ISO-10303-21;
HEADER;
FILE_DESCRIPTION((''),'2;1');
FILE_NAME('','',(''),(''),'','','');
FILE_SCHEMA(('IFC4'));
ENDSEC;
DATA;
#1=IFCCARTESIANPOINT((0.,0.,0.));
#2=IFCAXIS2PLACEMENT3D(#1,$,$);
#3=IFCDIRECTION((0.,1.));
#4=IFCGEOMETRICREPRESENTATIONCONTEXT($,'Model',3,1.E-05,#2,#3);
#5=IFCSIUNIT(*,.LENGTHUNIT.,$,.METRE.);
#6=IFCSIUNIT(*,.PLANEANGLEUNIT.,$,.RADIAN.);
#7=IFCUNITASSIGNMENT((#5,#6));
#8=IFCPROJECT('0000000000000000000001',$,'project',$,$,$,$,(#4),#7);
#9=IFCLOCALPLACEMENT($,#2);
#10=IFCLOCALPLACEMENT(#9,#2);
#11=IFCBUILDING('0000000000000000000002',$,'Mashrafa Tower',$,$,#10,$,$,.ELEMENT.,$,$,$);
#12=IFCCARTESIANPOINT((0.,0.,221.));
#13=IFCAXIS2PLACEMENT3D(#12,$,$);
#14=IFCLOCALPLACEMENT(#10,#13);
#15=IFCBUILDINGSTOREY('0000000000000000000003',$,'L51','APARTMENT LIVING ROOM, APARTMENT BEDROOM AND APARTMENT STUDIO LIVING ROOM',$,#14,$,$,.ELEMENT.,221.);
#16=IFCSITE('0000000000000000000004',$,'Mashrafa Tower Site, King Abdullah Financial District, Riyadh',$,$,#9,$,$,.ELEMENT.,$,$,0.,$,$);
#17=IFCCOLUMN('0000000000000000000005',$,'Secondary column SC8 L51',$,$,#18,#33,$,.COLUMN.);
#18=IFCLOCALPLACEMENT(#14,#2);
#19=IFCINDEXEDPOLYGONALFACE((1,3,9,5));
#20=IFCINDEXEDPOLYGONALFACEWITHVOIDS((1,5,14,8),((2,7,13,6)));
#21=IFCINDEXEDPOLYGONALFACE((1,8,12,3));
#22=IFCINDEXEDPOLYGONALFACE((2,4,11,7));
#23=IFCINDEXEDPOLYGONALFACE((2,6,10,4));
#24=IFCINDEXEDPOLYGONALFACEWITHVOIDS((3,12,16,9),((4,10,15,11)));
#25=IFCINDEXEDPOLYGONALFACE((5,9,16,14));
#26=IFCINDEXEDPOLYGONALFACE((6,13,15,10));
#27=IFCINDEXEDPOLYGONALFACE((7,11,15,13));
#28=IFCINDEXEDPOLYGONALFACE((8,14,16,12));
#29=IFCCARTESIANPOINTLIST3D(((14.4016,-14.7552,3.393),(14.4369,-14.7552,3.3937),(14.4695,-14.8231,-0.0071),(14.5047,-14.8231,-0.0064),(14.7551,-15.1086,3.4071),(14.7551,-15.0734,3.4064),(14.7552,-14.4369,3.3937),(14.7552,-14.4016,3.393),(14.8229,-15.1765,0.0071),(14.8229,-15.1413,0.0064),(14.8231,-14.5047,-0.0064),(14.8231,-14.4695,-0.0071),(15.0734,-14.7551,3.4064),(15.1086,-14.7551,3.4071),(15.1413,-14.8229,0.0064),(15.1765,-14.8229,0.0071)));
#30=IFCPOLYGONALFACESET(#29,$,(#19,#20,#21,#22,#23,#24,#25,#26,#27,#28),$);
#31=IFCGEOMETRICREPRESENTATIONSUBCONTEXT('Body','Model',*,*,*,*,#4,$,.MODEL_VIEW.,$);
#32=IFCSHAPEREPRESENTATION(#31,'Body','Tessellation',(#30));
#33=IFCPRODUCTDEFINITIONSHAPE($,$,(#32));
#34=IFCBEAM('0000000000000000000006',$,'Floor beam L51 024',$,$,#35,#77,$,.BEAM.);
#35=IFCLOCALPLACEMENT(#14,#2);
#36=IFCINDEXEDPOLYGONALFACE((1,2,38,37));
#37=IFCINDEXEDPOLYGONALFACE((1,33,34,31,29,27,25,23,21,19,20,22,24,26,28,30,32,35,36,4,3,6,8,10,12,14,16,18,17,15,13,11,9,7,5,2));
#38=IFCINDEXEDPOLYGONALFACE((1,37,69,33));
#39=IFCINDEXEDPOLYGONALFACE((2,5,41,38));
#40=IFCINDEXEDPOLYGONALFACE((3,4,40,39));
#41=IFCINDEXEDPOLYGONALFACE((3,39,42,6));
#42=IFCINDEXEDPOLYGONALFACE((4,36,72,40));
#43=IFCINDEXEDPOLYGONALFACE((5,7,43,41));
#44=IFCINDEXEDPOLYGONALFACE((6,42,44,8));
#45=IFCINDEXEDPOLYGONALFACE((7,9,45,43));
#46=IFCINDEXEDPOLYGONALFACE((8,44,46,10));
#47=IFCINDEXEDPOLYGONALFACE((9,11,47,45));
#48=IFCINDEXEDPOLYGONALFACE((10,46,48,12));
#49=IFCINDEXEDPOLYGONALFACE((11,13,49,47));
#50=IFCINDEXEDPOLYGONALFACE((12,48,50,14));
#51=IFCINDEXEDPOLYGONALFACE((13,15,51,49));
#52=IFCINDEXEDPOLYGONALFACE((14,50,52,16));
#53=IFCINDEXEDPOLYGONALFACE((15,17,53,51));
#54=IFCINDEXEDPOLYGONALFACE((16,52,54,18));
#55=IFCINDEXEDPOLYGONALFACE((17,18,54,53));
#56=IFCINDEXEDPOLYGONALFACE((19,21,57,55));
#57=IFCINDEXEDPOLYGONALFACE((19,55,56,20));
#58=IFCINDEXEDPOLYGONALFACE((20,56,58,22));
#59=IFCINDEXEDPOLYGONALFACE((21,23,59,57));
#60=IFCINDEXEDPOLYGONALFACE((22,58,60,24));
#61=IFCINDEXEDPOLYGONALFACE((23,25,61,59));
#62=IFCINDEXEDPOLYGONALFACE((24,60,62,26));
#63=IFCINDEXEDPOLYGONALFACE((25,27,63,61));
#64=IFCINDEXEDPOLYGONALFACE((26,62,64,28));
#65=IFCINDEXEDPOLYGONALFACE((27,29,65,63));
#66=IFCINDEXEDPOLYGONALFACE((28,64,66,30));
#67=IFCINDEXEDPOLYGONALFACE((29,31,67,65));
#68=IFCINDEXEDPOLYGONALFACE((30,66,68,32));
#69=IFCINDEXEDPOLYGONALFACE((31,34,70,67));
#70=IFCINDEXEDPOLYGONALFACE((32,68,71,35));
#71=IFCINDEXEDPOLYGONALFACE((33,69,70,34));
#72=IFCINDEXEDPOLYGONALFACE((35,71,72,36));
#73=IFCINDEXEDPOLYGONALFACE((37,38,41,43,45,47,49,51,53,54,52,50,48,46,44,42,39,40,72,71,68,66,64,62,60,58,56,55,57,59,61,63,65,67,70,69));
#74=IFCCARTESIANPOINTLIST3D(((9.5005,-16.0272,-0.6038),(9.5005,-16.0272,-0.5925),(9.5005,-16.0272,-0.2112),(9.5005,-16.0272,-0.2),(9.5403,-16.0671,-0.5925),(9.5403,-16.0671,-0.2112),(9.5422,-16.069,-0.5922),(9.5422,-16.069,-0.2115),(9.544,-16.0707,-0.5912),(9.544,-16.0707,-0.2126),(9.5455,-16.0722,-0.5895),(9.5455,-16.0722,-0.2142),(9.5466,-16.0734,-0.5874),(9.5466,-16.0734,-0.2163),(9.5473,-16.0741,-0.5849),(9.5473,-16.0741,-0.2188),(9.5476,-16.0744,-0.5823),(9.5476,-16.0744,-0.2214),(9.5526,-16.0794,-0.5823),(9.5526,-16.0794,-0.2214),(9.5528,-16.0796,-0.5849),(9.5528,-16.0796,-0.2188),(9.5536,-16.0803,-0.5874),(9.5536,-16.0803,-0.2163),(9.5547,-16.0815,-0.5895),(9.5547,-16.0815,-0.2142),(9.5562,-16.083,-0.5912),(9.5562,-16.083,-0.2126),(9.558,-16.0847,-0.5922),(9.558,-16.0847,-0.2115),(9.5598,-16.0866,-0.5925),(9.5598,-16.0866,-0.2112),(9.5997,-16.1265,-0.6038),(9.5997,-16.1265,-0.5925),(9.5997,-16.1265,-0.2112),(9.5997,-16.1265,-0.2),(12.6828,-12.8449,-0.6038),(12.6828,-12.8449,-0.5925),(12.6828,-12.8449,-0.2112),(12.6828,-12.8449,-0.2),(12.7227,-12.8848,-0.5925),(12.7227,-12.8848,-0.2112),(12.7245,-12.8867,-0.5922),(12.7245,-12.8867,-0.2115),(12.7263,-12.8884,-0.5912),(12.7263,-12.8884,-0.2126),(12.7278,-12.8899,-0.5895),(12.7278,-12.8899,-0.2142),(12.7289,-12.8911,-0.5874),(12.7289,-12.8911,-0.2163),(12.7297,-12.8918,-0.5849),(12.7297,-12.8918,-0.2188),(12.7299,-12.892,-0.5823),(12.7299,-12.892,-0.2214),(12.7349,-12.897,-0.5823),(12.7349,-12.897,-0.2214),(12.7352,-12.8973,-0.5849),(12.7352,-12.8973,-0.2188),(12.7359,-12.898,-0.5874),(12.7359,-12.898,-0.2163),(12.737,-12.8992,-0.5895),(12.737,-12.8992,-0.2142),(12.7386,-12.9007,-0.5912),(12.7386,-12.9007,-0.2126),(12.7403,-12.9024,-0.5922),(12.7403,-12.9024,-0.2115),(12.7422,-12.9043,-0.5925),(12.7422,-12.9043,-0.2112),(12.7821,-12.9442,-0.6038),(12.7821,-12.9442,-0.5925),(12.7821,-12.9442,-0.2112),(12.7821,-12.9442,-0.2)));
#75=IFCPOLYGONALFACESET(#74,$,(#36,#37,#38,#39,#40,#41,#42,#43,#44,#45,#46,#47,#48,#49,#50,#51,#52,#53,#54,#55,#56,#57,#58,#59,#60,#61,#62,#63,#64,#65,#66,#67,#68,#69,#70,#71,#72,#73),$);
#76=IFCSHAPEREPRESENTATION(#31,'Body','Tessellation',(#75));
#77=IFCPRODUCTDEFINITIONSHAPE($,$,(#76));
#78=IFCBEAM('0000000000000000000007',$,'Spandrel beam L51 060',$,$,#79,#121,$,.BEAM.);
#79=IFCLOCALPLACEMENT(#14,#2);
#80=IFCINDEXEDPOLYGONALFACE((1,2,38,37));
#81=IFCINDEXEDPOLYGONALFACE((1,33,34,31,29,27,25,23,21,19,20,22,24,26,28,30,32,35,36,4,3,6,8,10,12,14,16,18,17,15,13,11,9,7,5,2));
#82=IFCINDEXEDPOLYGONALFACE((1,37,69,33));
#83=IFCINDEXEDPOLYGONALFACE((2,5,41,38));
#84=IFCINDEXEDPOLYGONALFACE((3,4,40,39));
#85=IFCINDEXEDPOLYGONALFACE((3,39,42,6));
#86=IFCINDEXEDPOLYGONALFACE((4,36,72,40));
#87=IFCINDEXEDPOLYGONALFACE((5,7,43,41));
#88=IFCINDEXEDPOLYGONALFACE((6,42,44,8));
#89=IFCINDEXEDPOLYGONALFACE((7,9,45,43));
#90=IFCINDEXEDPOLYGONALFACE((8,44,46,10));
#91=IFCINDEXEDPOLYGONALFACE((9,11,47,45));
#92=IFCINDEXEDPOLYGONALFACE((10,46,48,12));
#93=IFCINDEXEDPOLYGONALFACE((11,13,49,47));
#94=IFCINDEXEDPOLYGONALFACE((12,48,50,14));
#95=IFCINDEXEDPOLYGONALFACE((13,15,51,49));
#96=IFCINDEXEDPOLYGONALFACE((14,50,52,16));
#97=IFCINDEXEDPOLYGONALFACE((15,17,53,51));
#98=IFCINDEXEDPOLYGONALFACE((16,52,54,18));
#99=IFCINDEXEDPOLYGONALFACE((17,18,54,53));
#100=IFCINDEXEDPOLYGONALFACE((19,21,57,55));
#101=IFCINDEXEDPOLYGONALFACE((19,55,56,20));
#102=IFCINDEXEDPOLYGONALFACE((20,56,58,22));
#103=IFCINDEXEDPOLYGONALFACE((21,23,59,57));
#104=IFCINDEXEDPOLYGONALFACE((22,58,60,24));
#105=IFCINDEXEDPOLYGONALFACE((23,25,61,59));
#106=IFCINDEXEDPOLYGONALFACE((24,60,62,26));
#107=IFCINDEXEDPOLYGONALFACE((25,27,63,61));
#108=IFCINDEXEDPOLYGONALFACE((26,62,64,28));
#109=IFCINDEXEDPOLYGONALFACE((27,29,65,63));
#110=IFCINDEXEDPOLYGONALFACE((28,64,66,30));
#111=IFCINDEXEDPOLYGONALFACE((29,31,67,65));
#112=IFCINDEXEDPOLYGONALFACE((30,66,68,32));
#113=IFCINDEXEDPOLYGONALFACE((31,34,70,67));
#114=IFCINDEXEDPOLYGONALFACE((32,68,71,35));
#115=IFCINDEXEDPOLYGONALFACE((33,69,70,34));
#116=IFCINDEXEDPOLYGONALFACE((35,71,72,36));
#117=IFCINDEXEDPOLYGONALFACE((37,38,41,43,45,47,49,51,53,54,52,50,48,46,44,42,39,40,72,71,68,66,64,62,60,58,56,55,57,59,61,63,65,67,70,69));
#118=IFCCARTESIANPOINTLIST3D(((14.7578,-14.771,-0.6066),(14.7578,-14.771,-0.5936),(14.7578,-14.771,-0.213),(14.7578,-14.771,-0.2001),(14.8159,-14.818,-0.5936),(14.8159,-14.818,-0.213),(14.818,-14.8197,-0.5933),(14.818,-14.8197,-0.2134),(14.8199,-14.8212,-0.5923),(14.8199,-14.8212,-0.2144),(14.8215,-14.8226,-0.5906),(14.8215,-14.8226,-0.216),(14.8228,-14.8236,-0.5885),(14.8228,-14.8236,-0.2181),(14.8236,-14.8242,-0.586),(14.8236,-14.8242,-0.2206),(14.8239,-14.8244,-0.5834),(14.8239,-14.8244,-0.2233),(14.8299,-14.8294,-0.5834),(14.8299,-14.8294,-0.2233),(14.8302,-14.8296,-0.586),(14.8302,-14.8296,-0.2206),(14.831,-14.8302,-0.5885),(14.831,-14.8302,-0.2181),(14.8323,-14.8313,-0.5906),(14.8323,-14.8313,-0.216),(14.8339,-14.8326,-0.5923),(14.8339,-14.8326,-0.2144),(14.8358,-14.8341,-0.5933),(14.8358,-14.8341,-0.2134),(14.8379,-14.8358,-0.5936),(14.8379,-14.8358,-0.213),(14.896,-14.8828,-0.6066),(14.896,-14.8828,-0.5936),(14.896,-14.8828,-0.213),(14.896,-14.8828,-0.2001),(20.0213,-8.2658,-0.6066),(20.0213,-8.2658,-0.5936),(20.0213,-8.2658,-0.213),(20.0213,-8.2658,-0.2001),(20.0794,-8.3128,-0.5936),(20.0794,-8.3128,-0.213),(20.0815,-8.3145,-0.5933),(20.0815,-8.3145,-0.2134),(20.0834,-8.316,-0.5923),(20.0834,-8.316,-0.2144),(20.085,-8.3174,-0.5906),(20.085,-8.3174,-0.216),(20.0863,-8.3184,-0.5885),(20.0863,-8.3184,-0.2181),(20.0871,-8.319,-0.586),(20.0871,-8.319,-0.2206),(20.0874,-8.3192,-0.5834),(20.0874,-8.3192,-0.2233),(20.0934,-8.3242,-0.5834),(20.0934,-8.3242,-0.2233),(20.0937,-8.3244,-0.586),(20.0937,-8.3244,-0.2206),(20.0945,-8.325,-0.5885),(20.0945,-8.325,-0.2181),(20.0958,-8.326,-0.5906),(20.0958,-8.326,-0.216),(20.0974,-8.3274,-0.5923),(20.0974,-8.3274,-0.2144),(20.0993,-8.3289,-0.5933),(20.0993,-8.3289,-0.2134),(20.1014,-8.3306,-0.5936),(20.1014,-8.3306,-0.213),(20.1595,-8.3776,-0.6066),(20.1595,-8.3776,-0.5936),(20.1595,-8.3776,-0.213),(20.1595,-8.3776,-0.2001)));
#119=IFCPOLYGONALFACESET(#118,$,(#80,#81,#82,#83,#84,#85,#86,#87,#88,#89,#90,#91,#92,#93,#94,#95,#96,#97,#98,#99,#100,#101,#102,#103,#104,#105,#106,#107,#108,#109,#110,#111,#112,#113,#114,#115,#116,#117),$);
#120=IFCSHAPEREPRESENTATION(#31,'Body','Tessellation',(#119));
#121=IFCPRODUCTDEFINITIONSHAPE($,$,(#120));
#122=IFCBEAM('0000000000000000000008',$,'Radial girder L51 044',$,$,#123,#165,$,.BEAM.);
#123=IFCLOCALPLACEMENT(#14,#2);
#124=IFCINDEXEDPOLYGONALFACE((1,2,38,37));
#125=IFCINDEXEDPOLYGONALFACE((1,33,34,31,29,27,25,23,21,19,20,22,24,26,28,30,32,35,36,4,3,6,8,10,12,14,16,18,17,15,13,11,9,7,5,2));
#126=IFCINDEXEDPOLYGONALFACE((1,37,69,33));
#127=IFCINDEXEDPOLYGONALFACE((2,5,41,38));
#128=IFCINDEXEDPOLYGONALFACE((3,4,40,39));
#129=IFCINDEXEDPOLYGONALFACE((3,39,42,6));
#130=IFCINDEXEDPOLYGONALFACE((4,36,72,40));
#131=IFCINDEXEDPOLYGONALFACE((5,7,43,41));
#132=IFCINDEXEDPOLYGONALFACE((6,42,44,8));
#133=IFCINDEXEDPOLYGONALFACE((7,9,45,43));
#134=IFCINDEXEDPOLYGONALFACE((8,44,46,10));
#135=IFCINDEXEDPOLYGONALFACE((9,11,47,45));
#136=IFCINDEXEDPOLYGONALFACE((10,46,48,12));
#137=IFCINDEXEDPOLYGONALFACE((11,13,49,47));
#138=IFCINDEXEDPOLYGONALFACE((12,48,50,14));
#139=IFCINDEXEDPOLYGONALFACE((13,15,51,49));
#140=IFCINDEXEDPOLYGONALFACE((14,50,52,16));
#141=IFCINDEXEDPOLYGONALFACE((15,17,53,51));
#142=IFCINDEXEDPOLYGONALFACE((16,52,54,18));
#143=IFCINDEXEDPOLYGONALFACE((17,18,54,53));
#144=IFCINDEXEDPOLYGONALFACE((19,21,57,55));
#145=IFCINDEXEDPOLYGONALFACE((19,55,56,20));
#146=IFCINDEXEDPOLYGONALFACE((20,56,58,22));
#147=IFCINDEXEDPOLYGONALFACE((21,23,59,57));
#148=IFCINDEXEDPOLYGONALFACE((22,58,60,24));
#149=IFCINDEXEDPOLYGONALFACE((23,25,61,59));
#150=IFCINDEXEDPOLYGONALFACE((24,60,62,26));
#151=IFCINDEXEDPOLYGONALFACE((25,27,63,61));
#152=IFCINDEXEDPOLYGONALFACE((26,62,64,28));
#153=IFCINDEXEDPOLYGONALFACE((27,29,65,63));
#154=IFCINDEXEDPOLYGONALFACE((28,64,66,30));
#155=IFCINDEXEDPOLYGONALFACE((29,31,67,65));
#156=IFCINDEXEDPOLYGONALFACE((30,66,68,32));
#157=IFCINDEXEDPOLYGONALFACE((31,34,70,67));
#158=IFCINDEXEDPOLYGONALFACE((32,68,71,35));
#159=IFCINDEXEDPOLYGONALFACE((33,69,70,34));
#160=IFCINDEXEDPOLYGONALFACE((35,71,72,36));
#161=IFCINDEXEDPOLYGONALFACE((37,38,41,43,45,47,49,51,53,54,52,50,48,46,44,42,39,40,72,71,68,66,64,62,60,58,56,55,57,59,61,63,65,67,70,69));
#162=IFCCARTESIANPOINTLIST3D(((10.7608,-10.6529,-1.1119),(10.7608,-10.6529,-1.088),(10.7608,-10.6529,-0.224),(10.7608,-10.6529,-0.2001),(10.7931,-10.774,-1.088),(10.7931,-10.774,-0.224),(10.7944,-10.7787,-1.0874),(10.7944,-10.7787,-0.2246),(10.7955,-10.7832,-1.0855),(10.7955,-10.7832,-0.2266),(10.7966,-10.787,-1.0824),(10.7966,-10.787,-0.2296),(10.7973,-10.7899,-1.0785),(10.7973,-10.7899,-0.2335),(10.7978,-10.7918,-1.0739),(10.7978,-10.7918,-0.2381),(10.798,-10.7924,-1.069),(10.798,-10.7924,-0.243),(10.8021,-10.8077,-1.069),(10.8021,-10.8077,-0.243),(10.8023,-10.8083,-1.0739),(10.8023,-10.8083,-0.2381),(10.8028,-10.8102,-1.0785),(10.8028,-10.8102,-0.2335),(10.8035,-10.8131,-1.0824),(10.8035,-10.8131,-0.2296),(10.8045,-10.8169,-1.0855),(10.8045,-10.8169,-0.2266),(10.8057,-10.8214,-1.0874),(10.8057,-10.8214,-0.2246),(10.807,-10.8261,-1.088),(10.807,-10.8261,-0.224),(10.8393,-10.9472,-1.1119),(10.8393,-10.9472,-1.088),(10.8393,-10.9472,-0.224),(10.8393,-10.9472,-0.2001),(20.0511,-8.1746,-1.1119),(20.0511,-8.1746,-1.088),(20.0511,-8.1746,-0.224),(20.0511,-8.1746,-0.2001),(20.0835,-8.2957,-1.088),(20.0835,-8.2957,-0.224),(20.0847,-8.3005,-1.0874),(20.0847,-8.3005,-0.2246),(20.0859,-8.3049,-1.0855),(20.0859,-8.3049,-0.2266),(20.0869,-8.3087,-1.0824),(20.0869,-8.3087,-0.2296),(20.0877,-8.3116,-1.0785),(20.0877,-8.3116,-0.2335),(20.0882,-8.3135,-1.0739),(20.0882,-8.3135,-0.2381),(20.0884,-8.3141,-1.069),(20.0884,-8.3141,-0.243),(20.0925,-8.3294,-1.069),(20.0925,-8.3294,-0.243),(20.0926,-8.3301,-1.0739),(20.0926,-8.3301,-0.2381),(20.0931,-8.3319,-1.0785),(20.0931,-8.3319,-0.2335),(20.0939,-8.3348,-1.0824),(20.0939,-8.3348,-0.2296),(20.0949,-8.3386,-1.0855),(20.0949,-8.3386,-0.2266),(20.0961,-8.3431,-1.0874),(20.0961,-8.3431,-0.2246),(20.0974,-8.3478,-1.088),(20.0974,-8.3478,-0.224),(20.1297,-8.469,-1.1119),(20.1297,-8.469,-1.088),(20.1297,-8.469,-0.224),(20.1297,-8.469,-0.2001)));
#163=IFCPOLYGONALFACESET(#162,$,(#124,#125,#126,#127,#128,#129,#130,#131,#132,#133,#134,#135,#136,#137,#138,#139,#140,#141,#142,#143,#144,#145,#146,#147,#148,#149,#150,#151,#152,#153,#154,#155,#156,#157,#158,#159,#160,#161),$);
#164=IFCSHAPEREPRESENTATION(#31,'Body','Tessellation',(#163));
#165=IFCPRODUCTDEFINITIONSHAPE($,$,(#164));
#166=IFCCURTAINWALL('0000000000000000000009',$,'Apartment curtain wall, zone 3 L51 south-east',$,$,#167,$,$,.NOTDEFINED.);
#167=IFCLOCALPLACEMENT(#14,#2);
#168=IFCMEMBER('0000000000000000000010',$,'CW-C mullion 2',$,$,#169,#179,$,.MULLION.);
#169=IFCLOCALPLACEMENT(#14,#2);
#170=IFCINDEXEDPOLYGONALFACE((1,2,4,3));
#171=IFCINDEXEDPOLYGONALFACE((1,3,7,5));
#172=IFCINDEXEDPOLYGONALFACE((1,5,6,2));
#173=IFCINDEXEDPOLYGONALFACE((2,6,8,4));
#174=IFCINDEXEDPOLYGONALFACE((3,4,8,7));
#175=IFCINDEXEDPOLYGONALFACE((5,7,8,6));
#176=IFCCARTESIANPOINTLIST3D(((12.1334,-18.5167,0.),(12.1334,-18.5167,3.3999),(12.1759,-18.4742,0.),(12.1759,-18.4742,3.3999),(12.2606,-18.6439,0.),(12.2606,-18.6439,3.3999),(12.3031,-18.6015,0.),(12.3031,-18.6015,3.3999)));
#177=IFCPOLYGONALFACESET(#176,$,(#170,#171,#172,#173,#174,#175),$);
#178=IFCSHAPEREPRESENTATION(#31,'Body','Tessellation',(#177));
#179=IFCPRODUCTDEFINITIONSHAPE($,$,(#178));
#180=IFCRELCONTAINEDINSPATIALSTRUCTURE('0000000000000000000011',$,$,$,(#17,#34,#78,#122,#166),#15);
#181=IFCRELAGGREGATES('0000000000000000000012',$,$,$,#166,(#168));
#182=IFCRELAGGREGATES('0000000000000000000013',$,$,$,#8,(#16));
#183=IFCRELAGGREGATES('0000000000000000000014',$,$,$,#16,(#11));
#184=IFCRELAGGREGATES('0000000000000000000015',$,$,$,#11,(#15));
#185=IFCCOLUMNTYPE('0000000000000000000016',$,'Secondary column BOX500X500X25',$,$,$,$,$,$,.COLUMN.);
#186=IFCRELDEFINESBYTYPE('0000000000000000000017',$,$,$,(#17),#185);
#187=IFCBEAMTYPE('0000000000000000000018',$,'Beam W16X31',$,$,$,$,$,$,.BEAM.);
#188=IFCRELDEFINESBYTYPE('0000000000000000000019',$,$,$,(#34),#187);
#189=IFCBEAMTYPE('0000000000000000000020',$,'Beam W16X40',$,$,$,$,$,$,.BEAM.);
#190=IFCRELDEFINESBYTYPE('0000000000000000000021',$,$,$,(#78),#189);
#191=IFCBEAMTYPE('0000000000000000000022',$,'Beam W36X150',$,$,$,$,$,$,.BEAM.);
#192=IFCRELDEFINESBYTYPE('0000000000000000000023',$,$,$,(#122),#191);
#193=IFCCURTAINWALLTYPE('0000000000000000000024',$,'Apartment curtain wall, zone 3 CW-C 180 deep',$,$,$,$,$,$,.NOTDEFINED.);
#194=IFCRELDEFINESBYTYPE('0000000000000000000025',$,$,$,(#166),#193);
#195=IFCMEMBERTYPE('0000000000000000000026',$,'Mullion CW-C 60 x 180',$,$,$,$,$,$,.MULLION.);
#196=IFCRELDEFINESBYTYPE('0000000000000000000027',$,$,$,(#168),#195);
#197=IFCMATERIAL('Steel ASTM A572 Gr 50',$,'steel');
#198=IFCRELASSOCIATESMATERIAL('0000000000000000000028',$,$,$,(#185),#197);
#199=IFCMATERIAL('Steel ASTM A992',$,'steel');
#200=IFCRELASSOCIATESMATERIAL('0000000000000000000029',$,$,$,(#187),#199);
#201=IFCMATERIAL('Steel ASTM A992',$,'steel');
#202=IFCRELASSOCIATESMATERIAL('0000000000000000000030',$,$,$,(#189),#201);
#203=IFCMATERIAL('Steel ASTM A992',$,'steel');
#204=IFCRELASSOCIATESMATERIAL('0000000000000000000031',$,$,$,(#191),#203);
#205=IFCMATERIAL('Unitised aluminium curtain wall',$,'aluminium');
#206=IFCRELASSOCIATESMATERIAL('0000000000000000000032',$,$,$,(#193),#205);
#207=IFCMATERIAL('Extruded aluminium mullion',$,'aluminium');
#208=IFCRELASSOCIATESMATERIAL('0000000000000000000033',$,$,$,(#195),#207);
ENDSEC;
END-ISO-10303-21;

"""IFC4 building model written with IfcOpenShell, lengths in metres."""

from ifc_helpers import new_model, si_unit, direction, frame, origin, origin_2d, place, context, subcontext, project, spatial, rectangle, hollow_rectangle, i_section, extrude, source, transform, mapped, material, material_profile, profile_set, type_object, type_shapes, element, aggregate, save


model = new_model("IFC4")

# Units and contexts
model_context = context("Model", 3, precision=1e-05, world=origin(), true_north=direction((0.0, 1.0)))
body_context = subcontext(model_context, "Body", "Model", "MODEL_VIEW")
ifc_project = project(units=[si_unit("LENGTHUNIT", "METRE"), si_unit("PLANEANGLEUNIT", "RADIAN")], contexts=[model_context])

# Site, building, storey
site_placement = place(None, origin())
site = spatial("IfcSite", under=ifc_project, at=site_placement, Name="Mashrafa Tower Site, King Abdullah Financial District, Riyadh", CompositionType="ELEMENT", RefElevation=0.0)
building_placement = place(site_placement, origin())
building = spatial("IfcBuilding", under=site, at=building_placement, Name="Mashrafa Tower", CompositionType="ELEMENT")
storey_placement = place(building_placement, frame((0.0, 0.0, 221.0)))
storey = spatial("IfcBuildingStorey", under=building, at=storey_placement, Name="L51", Description="APARTMENT LIVING ROOM, APARTMENT BEDROOM AND APARTMENT STUDIO LIVING ROOM", CompositionType="ELEMENT", Elevation=221.0)

# Column
ifc_material_1 = material(Name="Steel ASTM A572 Gr 50", Category="steel")
ifc_material_profile_1 = material_profile(ifc_material_1, hollow_rectangle(XDim=0.5, YDim=0.5, WallThickness=0.0249, at=origin_2d()), Name="BOX500X500X25")
ifc_profile_set_1 = profile_set([ifc_material_profile_1], Name="Steel ASTM A572 Gr 50")
column_type = type_object("IfcColumnType", Name="Secondary column BOX500X500X25", PredefinedType="COLUMN", material=ifc_profile_set_1)
column_placement = place(storey_placement, frame((14.823, -14.823, 0.0), z_axis=(-0.019955, 0.019955, 0.999602), x_axis=(-0.707107, -0.707107, 0.0)))
element("IfcColumn", 1, at=column_placement, inside=storey, type_object=column_type, Name="Secondary column SC8 L51", PredefinedType="COLUMN", context=body_context, shape_type="SweptSolid", body=[
    extrude(hollow_rectangle(XDim=0.5, YDim=0.5, WallThickness=0.0249, at=origin_2d()), origin(), (0.0, 0.0, 1.0), 3.4014),
])

# Beams
ifc_material_2 = material(Name="Steel ASTM A992", Category="steel")
ifc_material_profile_2 = material_profile(ifc_material_2, i_section(OverallWidth=0.1404, OverallDepth=0.4038, WebThickness=0.0071, FlangeThickness=0.0112, FilletRadius=0.0103, at=origin_2d()), Name="W16X31")
ifc_profile_set_2 = profile_set([ifc_material_profile_2], Name="Steel ASTM A992")
beam_type_1 = type_object("IfcBeamType", Name="Beam W16X31", PredefinedType="BEAM", material=ifc_profile_set_2)
beam_1_placement = place(storey_placement, frame((12.7324, -12.8945, -0.4019), z_axis=(-0.707107, -0.707107, 0.0), x_axis=(0.707107, -0.707107, 0.0)))
element("IfcBeam", 2, at=beam_1_placement, inside=storey, type_object=beam_type_1, Name="Floor beam L51 024", PredefinedType="BEAM", context=body_context, shape_type="SweptSolid", body=[
    extrude(i_section(OverallWidth=0.1404, OverallDepth=0.4038, WebThickness=0.0071, FlangeThickness=0.0112, FilletRadius=0.0103, at=origin_2d()), origin(), (0.0, 0.0, 1.0), 4.5005),
])
ifc_material_3 = material(Name="Steel ASTM A992", Category="steel")
ifc_material_profile_3 = material_profile(ifc_material_3, i_section(OverallWidth=0.1777, OverallDepth=0.4065, WebThickness=0.0078, FlangeThickness=0.0129, FilletRadius=0.0103, at=origin_2d()), Name="W16X40")
ifc_profile_set_3 = profile_set([ifc_material_profile_3], Name="Steel ASTM A992")
beam_type_2 = type_object("IfcBeamType", Name="Beam W16X40", PredefinedType="BEAM", material=ifc_profile_set_3)
beam_2_placement = place(storey_placement, frame((14.8269, -14.8269, -0.4033), z_axis=(0.629009, 0.777398, 0.0), x_axis=(-0.777398, 0.629009, 0.0)))
element("IfcBeam", 3, at=beam_2_placement, inside=storey, type_object=beam_type_2, Name="Spandrel beam L51 060", PredefinedType="BEAM", context=body_context, shape_type="SweptSolid", body=[
    extrude(i_section(OverallWidth=0.1777, OverallDepth=0.4065, WebThickness=0.0078, FlangeThickness=0.0129, FilletRadius=0.0103, at=origin_2d()), origin(), (0.0, 0.0, 1.0), 8.3679),
])
ifc_material_4 = material(Name="Steel ASTM A992", Category="steel")
ifc_material_profile_4 = material_profile(ifc_material_4, i_section(OverallWidth=0.3047, OverallDepth=0.9119, WebThickness=0.0159, FlangeThickness=0.0239, FilletRadius=0.019, at=origin_2d()), Name="W36X150")
ifc_profile_set_4 = profile_set([ifc_material_profile_4], Name="Steel ASTM A992")
beam_type_3 = type_object("IfcBeamType", Name="Beam W36X150", PredefinedType="BEAM", material=ifc_profile_set_4)
beam_3_placement = place(storey_placement, frame((10.8, -10.8, -0.656), z_axis=(0.966213, 0.257746, 0.0), x_axis=(-0.257746, 0.966213, 0.0)))
element("IfcBeam", 4, at=beam_3_placement, inside=storey, type_object=beam_type_3, Name="Radial girder L51 044", PredefinedType="BEAM", context=body_context, shape_type="SweptSolid", body=[
    extrude(i_section(OverallWidth=0.3047, OverallDepth=0.9119, WebThickness=0.0159, FlangeThickness=0.0239, FilletRadius=0.019, at=origin_2d()), origin(), (0.0, 0.0, 1.0), 9.6152),
])

# Curtain wall, member
ifc_material_5 = material(Name="Unitised aluminium curtain wall", Category="aluminium")
curtain_wall_type = type_object("IfcCurtainWallType", Name="Apartment curtain wall, zone 3 CW-C 180 deep", PredefinedType="NOTDEFINED", material=ifc_material_5)
curtain_wall_placement = place(storey_placement, origin())
curtain_wall = element("IfcCurtainWall", 5, at=curtain_wall_placement, inside=storey, type_object=curtain_wall_type, Name="Apartment curtain wall, zone 3 L51 south-east", PredefinedType="NOTDEFINED")
ifc_material_6 = material(Name="Extruded aluminium mullion", Category="aluminium")
ifc_material_profile_5 = material_profile(ifc_material_6, rectangle(XDim=0.1799, YDim=0.0601, at=origin_2d()), Name="Mullion 60x180")
ifc_profile_set_5 = profile_set([ifc_material_profile_5], Name="Extruded aluminium mullion")
member_type_1 = type_object("IfcMemberType", Name="Mullion CW-C 60 x 180", PredefinedType="MULLION", material=ifc_profile_set_5)
shared_shape_1 = source(origin(), body_context, "Body", "SweptSolid", [
    extrude(rectangle(XDim=0.1799, YDim=0.0601, at=origin_2d()), origin(), (0.0, 0.0, 1.0), 3.3999),
])
type_shapes(member_type_1, [shared_shape_1])
member_1_placement = place(storey_placement, frame((12.2183, -18.5591, 0.0), z_axis=(0.0, 0.0, 1.0), x_axis=(-0.707107, 0.707107, 0.0)))
member_1 = element("IfcMember", 6, at=member_1_placement, type_object=member_type_1, Name="CW-C mullion 2", PredefinedType="MULLION", context=body_context, shape_type="MappedRepresentation", body=[
    mapped(shared_shape_1, transform((0.0, 0.0, 0.0))),
])
aggregate(curtain_wall, [member_1])

save(model, "model.ifc")
